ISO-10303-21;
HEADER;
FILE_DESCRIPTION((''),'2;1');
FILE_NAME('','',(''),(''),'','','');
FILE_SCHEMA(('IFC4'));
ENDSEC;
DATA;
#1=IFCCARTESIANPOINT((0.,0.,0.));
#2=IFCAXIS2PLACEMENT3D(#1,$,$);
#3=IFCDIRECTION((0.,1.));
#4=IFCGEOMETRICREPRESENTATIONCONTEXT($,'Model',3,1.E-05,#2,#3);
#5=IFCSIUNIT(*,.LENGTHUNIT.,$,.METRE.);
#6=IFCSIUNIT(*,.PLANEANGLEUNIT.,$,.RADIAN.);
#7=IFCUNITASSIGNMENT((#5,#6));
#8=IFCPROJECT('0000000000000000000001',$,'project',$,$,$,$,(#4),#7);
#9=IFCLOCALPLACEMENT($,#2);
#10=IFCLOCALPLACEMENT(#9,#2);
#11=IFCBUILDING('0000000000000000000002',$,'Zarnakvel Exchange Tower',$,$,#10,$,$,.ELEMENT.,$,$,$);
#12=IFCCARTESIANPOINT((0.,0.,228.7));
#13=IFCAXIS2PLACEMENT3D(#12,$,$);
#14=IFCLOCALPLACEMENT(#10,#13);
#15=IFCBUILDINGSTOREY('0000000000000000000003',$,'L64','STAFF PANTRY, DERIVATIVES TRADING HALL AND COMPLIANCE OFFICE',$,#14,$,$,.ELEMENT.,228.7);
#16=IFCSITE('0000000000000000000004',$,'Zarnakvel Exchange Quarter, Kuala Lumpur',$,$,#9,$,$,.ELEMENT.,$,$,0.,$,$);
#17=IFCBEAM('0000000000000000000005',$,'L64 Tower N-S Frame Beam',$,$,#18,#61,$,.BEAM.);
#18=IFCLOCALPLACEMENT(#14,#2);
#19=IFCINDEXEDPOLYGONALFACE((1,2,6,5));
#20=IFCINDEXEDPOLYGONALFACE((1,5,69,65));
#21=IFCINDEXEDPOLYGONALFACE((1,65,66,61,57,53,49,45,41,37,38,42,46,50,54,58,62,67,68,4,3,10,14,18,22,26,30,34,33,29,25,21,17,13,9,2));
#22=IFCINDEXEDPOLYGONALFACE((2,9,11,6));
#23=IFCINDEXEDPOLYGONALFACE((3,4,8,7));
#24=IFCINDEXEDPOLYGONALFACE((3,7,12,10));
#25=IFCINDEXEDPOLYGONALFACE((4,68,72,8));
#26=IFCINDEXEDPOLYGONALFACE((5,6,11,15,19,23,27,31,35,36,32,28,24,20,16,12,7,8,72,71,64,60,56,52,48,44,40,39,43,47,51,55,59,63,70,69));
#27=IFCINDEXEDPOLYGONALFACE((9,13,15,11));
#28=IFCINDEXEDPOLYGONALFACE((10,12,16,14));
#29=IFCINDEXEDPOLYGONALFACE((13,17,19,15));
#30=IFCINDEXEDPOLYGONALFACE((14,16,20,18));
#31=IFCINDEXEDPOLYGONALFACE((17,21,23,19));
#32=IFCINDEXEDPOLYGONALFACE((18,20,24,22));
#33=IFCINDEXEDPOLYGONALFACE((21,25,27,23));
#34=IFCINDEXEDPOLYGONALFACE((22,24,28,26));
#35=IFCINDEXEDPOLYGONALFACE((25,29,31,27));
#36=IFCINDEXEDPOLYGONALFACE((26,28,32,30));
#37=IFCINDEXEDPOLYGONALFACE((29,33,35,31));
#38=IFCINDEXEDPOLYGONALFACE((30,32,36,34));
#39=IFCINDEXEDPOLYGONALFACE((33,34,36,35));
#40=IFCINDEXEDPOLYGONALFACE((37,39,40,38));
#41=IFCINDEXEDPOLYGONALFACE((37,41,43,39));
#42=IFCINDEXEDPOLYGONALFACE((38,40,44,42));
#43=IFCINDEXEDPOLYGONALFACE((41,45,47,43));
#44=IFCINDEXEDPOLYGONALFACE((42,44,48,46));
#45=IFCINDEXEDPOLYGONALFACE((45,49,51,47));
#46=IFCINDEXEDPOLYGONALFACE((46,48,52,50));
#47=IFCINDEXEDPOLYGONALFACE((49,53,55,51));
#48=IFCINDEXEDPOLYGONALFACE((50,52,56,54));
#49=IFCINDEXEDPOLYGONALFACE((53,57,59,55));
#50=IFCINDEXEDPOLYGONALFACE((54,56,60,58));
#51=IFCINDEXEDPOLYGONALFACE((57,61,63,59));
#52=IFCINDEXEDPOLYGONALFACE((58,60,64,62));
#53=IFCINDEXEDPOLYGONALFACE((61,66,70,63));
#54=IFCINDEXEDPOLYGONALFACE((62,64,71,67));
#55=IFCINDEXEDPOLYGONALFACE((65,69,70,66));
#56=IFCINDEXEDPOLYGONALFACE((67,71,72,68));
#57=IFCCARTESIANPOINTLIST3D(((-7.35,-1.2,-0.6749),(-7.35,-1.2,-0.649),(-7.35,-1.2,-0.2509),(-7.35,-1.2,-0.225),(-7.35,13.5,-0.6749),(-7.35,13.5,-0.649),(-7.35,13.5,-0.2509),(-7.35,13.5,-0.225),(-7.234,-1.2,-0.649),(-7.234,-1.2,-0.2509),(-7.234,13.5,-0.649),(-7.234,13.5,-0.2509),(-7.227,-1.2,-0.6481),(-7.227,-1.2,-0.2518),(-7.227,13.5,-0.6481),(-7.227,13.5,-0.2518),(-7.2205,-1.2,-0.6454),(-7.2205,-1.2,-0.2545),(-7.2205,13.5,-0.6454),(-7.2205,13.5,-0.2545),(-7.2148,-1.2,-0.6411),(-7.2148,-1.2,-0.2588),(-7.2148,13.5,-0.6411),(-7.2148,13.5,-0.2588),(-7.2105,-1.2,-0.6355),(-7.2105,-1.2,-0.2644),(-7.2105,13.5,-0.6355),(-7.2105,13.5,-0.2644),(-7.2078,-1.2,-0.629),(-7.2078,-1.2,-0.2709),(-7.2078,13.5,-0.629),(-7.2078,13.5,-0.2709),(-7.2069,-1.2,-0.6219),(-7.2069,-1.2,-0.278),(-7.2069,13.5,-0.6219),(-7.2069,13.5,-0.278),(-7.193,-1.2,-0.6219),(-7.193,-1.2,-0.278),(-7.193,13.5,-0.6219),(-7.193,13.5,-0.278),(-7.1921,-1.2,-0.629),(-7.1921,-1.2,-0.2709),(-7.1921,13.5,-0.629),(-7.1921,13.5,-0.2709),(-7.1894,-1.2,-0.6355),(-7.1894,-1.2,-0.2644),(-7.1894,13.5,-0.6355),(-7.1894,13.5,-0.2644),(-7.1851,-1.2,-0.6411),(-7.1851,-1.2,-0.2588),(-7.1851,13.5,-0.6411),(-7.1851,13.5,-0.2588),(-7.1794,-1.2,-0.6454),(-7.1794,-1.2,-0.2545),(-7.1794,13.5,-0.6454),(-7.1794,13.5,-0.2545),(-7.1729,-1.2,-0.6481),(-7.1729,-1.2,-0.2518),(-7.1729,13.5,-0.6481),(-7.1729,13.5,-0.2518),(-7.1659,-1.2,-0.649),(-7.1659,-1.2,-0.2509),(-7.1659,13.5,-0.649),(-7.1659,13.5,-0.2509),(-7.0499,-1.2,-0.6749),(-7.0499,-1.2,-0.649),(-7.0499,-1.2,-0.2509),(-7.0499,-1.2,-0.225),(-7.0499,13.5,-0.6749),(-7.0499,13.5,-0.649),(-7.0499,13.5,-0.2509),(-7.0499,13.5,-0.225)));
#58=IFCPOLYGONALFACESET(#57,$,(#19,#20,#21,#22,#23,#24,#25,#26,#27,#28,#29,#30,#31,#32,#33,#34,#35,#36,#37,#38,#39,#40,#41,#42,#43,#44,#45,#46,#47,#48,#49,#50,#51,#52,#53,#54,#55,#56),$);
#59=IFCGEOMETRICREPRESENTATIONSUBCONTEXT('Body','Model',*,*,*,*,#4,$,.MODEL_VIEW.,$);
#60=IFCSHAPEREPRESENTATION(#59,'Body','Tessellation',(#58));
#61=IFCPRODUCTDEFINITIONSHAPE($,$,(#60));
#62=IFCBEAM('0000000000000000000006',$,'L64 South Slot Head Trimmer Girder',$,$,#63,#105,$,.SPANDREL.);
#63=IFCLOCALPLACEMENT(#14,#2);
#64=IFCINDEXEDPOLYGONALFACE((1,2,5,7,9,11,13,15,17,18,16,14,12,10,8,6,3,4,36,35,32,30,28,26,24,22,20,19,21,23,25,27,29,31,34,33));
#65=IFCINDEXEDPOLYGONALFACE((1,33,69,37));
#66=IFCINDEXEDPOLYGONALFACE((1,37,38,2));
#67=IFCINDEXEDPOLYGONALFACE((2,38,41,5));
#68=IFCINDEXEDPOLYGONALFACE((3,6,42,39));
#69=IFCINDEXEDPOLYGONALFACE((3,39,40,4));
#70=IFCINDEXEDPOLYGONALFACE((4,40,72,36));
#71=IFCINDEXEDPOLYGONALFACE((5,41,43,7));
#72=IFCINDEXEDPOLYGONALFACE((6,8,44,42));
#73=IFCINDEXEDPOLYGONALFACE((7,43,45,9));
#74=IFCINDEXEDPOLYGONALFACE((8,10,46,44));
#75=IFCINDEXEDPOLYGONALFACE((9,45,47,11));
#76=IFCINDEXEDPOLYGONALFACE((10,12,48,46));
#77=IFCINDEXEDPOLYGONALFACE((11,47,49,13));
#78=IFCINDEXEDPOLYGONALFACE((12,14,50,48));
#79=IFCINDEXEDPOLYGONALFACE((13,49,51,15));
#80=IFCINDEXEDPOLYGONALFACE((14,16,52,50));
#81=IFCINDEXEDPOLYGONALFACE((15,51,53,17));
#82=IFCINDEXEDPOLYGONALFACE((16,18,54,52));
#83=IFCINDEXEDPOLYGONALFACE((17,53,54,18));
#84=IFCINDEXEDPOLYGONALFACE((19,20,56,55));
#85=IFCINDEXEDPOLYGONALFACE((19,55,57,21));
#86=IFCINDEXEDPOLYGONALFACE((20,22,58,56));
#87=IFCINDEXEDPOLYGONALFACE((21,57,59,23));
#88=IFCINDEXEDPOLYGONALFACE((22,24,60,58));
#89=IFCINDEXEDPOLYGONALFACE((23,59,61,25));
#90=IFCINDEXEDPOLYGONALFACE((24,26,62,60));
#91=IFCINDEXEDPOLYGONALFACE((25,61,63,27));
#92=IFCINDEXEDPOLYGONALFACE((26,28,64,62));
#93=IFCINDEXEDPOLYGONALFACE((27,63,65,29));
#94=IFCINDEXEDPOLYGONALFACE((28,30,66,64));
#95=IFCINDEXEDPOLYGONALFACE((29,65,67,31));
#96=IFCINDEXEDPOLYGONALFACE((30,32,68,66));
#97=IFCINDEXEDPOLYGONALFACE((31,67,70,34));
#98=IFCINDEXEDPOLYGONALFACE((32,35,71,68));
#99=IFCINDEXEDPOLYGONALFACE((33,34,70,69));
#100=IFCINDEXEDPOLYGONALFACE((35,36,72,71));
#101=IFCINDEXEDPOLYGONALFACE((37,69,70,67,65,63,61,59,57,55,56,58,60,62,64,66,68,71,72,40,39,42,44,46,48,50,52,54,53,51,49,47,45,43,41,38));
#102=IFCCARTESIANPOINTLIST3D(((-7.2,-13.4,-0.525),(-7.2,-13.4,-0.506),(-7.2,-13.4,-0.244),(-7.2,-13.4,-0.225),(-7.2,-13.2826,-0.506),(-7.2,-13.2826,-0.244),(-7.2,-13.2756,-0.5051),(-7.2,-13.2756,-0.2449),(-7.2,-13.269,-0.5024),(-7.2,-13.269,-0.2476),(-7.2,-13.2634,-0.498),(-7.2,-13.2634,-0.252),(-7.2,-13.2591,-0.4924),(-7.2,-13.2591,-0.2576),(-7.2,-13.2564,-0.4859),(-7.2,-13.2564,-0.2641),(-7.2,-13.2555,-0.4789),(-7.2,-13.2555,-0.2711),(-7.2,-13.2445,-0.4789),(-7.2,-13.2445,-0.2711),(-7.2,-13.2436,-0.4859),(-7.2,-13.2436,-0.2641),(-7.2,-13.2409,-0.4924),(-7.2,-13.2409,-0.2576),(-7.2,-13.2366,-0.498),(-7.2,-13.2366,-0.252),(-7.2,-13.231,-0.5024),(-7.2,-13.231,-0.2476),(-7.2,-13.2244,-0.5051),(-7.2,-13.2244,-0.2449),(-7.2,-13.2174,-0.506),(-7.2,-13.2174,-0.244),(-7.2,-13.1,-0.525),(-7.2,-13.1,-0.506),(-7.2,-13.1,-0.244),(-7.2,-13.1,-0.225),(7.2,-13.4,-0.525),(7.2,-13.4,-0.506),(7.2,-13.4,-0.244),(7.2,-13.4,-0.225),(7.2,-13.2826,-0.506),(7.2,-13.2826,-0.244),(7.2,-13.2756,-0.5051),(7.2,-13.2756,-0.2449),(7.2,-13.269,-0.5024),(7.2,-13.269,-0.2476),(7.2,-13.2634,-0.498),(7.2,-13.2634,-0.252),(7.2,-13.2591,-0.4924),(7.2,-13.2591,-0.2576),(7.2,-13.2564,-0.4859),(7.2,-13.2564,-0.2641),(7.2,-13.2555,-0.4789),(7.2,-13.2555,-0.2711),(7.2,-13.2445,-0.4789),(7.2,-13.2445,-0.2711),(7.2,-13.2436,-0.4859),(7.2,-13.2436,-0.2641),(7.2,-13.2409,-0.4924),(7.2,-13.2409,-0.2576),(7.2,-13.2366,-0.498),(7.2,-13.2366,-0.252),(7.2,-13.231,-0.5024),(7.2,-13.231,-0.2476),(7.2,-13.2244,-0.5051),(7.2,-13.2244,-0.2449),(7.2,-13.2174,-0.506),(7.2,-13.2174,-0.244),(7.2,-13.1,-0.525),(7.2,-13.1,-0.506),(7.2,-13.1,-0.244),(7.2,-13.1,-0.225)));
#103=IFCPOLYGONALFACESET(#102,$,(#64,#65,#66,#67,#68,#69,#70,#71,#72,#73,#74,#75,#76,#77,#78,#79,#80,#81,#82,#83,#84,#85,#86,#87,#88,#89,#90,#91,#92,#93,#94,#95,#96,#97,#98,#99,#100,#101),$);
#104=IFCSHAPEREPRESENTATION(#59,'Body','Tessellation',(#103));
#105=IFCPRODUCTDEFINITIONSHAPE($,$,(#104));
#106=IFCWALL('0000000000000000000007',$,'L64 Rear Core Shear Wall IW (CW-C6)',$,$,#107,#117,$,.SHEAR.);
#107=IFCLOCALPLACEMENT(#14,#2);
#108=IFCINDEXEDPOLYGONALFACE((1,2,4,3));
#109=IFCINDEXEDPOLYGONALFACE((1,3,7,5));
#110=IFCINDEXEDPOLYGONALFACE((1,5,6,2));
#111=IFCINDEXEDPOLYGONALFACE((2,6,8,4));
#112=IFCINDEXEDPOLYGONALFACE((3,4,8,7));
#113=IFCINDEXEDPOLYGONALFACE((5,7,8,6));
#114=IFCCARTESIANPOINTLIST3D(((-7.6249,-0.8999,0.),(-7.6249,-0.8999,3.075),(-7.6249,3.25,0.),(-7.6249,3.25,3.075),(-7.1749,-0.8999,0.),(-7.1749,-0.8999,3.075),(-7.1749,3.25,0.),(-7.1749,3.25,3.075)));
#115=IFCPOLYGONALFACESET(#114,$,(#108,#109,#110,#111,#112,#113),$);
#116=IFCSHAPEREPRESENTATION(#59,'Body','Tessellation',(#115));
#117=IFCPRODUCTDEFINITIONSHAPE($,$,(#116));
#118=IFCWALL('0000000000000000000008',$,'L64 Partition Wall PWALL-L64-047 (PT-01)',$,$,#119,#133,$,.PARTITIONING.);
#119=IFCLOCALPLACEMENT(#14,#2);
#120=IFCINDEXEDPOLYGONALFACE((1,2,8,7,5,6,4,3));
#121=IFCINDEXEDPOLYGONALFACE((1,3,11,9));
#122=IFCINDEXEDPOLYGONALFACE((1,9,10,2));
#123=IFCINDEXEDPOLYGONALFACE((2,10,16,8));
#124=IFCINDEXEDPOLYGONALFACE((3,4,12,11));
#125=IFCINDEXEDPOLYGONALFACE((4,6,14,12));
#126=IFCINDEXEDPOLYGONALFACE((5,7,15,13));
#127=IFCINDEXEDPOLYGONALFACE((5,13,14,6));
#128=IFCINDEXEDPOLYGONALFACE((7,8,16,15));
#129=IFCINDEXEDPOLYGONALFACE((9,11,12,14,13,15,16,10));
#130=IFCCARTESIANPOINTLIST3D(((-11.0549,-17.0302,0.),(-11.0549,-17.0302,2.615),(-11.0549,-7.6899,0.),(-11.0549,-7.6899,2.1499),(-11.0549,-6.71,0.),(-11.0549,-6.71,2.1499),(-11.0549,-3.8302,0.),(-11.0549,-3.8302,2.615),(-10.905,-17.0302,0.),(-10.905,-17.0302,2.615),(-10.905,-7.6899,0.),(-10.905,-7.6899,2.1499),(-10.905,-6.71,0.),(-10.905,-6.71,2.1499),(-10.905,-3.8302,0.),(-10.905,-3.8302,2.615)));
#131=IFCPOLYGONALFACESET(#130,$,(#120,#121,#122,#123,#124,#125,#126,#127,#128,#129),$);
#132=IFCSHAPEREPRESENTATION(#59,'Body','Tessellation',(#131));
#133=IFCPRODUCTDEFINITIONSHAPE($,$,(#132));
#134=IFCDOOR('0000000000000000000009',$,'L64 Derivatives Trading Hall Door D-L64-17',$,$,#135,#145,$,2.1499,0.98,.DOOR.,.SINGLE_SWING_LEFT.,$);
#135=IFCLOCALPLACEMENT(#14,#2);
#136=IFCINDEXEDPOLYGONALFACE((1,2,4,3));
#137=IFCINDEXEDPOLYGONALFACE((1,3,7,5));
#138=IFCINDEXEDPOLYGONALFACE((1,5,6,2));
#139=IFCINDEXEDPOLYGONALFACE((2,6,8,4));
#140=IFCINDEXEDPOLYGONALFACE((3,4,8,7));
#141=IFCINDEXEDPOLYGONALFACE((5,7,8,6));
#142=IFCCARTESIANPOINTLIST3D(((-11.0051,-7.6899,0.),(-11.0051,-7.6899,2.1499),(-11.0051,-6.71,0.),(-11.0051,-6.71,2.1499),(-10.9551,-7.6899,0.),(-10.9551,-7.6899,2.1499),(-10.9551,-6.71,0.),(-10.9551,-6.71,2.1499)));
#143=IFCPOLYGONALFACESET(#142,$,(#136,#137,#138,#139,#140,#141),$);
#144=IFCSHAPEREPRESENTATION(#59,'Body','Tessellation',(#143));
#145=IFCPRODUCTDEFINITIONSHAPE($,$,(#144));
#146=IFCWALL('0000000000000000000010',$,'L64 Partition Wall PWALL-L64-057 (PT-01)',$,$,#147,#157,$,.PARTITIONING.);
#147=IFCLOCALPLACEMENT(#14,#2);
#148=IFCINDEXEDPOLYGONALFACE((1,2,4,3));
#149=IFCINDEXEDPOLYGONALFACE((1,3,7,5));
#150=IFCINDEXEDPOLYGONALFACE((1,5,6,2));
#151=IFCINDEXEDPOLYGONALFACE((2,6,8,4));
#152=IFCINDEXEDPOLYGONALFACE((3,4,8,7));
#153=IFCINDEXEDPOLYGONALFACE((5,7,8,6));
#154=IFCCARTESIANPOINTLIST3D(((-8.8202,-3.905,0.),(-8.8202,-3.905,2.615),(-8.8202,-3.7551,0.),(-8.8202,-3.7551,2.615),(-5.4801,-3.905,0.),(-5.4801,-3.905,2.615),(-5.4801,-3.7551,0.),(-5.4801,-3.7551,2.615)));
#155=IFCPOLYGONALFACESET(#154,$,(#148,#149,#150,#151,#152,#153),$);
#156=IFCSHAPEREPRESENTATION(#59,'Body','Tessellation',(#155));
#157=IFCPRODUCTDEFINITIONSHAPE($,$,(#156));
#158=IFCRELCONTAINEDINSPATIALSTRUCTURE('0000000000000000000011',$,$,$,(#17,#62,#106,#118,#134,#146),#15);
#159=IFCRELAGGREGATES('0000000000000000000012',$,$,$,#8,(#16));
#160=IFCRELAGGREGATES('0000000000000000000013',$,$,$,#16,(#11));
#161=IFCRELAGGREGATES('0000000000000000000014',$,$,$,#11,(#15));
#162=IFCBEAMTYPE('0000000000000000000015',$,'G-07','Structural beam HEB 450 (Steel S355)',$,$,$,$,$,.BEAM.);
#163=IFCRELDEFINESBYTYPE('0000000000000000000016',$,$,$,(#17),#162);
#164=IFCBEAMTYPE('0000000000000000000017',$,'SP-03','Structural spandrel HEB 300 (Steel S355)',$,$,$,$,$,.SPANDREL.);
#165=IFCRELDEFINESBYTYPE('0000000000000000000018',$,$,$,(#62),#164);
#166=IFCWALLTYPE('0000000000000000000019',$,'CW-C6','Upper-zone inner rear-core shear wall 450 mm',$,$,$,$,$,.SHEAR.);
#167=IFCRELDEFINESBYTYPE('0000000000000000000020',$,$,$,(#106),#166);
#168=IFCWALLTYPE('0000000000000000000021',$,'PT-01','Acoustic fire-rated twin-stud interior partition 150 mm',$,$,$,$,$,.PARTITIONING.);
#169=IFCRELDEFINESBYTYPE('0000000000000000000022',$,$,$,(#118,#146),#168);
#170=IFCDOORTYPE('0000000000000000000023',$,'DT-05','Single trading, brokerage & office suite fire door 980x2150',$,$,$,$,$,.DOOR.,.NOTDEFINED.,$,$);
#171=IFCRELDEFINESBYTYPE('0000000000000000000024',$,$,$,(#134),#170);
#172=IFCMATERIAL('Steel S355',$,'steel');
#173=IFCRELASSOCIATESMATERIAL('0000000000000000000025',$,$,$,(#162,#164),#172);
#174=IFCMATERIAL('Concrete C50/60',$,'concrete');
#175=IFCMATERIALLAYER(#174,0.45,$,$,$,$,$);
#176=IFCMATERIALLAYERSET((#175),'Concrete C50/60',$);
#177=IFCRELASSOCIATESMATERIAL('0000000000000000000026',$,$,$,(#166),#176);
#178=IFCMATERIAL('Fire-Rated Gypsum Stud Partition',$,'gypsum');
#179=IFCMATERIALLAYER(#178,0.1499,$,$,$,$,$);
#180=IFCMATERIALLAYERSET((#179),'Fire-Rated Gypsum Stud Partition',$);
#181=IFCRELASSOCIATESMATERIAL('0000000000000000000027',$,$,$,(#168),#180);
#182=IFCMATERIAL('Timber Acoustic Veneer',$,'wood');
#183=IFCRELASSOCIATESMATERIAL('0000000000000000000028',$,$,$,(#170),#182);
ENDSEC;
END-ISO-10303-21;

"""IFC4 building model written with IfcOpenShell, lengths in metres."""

from ifc_helpers import new_model, si_unit, direction, frame, frame_2d, origin, origin_2d, place, context, subcontext, project, spatial, rectangle, i_section, extrude, source, transform, mapped, material, layer, layer_set, material_profile, profile_set, type_object, element, fill, save


model = new_model("IFC4")

# Units and contexts
model_context = context("Model", 3, precision=1e-05, world=origin(), true_north=direction((0.0, 1.0)))
body_context = subcontext(model_context, "Body", "Model", "MODEL_VIEW")
ifc_project = project(units=[si_unit("LENGTHUNIT", "METRE"), si_unit("PLANEANGLEUNIT", "RADIAN")], contexts=[model_context])

# Site, building, storey
site_placement = place(None, origin())
site = spatial("IfcSite", under=ifc_project, at=site_placement, Name="Zarnakvel Exchange Quarter, Kuala Lumpur", CompositionType="ELEMENT", RefElevation=0.0)
building_placement = place(site_placement, origin())
building = spatial("IfcBuilding", under=site, at=building_placement, Name="Zarnakvel Exchange Tower", CompositionType="ELEMENT")
storey_placement = place(building_placement, frame((0.0, 0.0, 228.7)))
storey = spatial("IfcBuildingStorey", under=building, at=storey_placement, Name="L64", Description="STAFF PANTRY, DERIVATIVES TRADING HALL AND COMPLIANCE OFFICE", CompositionType="ELEMENT", Elevation=228.7)

# Shared definitions
ifc_material_1 = material(Name="Concrete C50/60", Category="concrete")

# Beams
ifc_material_2 = material(Name="Steel S355", Category="steel")
ifc_material_profile_1 = material_profile(ifc_material_2, i_section(OverallWidth=0.3, OverallDepth=0.45, WebThickness=0.0139, FlangeThickness=0.0259, FilletRadius=0.0271, at=origin_2d()))
ifc_profile_set_1 = profile_set([ifc_material_profile_1], Name="Steel S355")
beam_type_1 = type_object("IfcBeamType", Name="G-07", Description="Structural beam HEB 450 (Steel S355)", PredefinedType="BEAM", material=ifc_profile_set_1)
beam_1_placement = place(storey_placement, frame((-7.2, -1.2, -0.45), z_axis=(0.0, 1.0, 0.0), x_axis=(-1.0, 0.0, 0.0)))
element("IfcBeam", 1, at=beam_1_placement, inside=storey, type_object=beam_type_1, Name="L64 Tower N-S Frame Beam", PredefinedType="BEAM", context=body_context, shape_type="SweptSolid", body=[
    extrude(i_section(OverallWidth=0.3, OverallDepth=0.45, WebThickness=0.0139, FlangeThickness=0.0259, FilletRadius=0.0271, at=origin_2d()), origin(), (0.0, 0.0, 1.0), 14.7),
])
ifc_material_profile_2 = material_profile(ifc_material_2, i_section(OverallWidth=0.3, OverallDepth=0.3, WebThickness=0.011, FlangeThickness=0.019, FilletRadius=0.0271, at=origin_2d()))
ifc_profile_set_2 = profile_set([ifc_material_profile_2], Name="Steel S355")
beam_type_2 = type_object("IfcBeamType", Name="SP-03", Description="Structural spandrel HEB 300 (Steel S355)", PredefinedType="SPANDREL", material=ifc_profile_set_2)
beam_2_placement = place(storey_placement, frame((-7.2, -13.25, -0.375), z_axis=(1.0, 0.0, 0.0), x_axis=(0.0, 1.0, 0.0)))
element("IfcBeam", 2, at=beam_2_placement, inside=storey, type_object=beam_type_2, Name="L64 South Slot Head Trimmer Girder", PredefinedType="SPANDREL", context=body_context, shape_type="SweptSolid", body=[
    extrude(i_section(OverallWidth=0.3, OverallDepth=0.3, WebThickness=0.011, FlangeThickness=0.019, FilletRadius=0.0271, at=origin_2d()), origin(), (0.0, 0.0, 1.0), 14.3999),
])

# Wall
ifc_layer_1 = layer(ifc_material_1, 0.45)
ifc_layer_set_1 = layer_set([ifc_layer_1], Name="Concrete C50/60")
wall_type_1 = type_object("IfcWallType", Name="CW-C6", Description="Upper-zone inner rear-core shear wall 450 mm", PredefinedType="SHEAR", material=ifc_layer_set_1)
wall_1_placement = place(storey_placement, frame((-7.3999, -0.8999, 0.0), z_axis=(0.0, 0.0, 1.0), x_axis=(0.0, 1.0, 0.0)))
element("IfcWall", 3, at=wall_1_placement, inside=storey, type_object=wall_type_1, Name="L64 Rear Core Shear Wall IW (CW-C6)", PredefinedType="SHEAR", context=body_context, shape_type="SweptSolid", body=[
    extrude(rectangle(XDim=4.1499, YDim=0.45, at=frame_2d((2.075, 0.0))), origin(), (0.0, 0.0, 1.0), 3.075),
])

# Wall, opening, door
ifc_material_3 = material(Name="Fire-Rated Gypsum Stud Partition", Category="gypsum")
ifc_layer_2 = layer(ifc_material_3, 0.1499)
ifc_layer_set_2 = layer_set([ifc_layer_2], Name="Fire-Rated Gypsum Stud Partition")
wall_type_2 = type_object("IfcWallType", Name="PT-01", Description="Acoustic fire-rated twin-stud interior partition 150 mm", PredefinedType="PARTITIONING", material=ifc_layer_set_2)
wall_2_placement = place(storey_placement, frame((-10.98, -3.8301, 0.0), z_axis=(0.0, 0.0, 1.0), x_axis=(0.0, -1.0, 0.0)))
wall_2 = element("IfcWall", 4, at=wall_2_placement, inside=storey, type_object=wall_type_2, Name="L64 Partition Wall PWALL-L64-047 (PT-01)", PredefinedType="PARTITIONING", context=body_context, shape_type="SweptSolid", body=[
    extrude(rectangle(XDim=13.2, YDim=0.1499, at=frame_2d((6.6001, 0.0))), origin(), (0.0, 0.0, 1.0), 2.615),
])
opening_1_placement = place(wall_2_placement, frame((2.8799, 0.0, 0.0)))
opening_1 = element("IfcOpeningElement", 5, at=opening_1_placement, cuts=wall_2, PredefinedType="OPENING", context=body_context, shape_type="SweptSolid", body=[
    extrude(rectangle(XDim=0.98, YDim=2.1499, at=frame_2d((0.49, 1.075))), frame((0.0, 0.085, 0.0), z_axis=(0.0, -1.0, 0.0), x_axis=(1.0, 0.0, 0.0)), (0.0, 0.0, 1.0), 0.1699),
])
ifc_material_4 = material(Name="Timber Acoustic Veneer", Category="wood")
door_type_1 = type_object("IfcDoorType", Name="DT-05", Description="Single trading, brokerage & office suite fire door 980x2150", OperationType="NOTDEFINED", PredefinedType="DOOR", material=ifc_material_4)
shared_shape_1 = source(origin(), body_context, "Body", "SweptSolid", [
    extrude(rectangle(XDim=0.98, YDim=2.1499, at=frame_2d((0.49, 1.075))), frame((0.0, 0.0249, 0.0), z_axis=(0.0, -1.0, 0.0), x_axis=(1.0, 0.0, 0.0)), (0.0, 0.0, 1.0), 0.05),
])
door_1_placement = place(opening_1_placement, origin())
door_1 = element("IfcDoor", 6, at=door_1_placement, inside=storey, type_object=door_type_1, Name="L64 Derivatives Trading Hall Door D-L64-17", OperationType="SINGLE_SWING_LEFT", OverallHeight=2.1499, OverallWidth=0.98, PredefinedType="DOOR", context=body_context, shape_type="MappedRepresentation", body=[
    mapped(shared_shape_1, transform((0.0, 0.0, 0.0), x_axis=(1.0, 0.0, 0.0), y_axis=(0.0, 1.0, 0.0), z_axis=(0.0, 0.0, 1.0), scale=1.0)),
])
fill(opening_1, door_1)

# Wall
wall_3_placement = place(storey_placement, frame((-8.8201, -3.8301, 0.0), z_axis=(0.0, 0.0, 1.0), x_axis=(1.0, 0.0, 0.0)))
element("IfcWall", 7, at=wall_3_placement, inside=storey, type_object=wall_type_2, Name="L64 Partition Wall PWALL-L64-057 (PT-01)", PredefinedType="PARTITIONING", context=body_context, shape_type="SweptSolid", body=[
    extrude(rectangle(XDim=3.3401, YDim=0.1499, at=frame_2d((1.6699, 0.0))), origin(), (0.0, 0.0, 1.0), 2.615),
])

save(model, "model.ifc")
